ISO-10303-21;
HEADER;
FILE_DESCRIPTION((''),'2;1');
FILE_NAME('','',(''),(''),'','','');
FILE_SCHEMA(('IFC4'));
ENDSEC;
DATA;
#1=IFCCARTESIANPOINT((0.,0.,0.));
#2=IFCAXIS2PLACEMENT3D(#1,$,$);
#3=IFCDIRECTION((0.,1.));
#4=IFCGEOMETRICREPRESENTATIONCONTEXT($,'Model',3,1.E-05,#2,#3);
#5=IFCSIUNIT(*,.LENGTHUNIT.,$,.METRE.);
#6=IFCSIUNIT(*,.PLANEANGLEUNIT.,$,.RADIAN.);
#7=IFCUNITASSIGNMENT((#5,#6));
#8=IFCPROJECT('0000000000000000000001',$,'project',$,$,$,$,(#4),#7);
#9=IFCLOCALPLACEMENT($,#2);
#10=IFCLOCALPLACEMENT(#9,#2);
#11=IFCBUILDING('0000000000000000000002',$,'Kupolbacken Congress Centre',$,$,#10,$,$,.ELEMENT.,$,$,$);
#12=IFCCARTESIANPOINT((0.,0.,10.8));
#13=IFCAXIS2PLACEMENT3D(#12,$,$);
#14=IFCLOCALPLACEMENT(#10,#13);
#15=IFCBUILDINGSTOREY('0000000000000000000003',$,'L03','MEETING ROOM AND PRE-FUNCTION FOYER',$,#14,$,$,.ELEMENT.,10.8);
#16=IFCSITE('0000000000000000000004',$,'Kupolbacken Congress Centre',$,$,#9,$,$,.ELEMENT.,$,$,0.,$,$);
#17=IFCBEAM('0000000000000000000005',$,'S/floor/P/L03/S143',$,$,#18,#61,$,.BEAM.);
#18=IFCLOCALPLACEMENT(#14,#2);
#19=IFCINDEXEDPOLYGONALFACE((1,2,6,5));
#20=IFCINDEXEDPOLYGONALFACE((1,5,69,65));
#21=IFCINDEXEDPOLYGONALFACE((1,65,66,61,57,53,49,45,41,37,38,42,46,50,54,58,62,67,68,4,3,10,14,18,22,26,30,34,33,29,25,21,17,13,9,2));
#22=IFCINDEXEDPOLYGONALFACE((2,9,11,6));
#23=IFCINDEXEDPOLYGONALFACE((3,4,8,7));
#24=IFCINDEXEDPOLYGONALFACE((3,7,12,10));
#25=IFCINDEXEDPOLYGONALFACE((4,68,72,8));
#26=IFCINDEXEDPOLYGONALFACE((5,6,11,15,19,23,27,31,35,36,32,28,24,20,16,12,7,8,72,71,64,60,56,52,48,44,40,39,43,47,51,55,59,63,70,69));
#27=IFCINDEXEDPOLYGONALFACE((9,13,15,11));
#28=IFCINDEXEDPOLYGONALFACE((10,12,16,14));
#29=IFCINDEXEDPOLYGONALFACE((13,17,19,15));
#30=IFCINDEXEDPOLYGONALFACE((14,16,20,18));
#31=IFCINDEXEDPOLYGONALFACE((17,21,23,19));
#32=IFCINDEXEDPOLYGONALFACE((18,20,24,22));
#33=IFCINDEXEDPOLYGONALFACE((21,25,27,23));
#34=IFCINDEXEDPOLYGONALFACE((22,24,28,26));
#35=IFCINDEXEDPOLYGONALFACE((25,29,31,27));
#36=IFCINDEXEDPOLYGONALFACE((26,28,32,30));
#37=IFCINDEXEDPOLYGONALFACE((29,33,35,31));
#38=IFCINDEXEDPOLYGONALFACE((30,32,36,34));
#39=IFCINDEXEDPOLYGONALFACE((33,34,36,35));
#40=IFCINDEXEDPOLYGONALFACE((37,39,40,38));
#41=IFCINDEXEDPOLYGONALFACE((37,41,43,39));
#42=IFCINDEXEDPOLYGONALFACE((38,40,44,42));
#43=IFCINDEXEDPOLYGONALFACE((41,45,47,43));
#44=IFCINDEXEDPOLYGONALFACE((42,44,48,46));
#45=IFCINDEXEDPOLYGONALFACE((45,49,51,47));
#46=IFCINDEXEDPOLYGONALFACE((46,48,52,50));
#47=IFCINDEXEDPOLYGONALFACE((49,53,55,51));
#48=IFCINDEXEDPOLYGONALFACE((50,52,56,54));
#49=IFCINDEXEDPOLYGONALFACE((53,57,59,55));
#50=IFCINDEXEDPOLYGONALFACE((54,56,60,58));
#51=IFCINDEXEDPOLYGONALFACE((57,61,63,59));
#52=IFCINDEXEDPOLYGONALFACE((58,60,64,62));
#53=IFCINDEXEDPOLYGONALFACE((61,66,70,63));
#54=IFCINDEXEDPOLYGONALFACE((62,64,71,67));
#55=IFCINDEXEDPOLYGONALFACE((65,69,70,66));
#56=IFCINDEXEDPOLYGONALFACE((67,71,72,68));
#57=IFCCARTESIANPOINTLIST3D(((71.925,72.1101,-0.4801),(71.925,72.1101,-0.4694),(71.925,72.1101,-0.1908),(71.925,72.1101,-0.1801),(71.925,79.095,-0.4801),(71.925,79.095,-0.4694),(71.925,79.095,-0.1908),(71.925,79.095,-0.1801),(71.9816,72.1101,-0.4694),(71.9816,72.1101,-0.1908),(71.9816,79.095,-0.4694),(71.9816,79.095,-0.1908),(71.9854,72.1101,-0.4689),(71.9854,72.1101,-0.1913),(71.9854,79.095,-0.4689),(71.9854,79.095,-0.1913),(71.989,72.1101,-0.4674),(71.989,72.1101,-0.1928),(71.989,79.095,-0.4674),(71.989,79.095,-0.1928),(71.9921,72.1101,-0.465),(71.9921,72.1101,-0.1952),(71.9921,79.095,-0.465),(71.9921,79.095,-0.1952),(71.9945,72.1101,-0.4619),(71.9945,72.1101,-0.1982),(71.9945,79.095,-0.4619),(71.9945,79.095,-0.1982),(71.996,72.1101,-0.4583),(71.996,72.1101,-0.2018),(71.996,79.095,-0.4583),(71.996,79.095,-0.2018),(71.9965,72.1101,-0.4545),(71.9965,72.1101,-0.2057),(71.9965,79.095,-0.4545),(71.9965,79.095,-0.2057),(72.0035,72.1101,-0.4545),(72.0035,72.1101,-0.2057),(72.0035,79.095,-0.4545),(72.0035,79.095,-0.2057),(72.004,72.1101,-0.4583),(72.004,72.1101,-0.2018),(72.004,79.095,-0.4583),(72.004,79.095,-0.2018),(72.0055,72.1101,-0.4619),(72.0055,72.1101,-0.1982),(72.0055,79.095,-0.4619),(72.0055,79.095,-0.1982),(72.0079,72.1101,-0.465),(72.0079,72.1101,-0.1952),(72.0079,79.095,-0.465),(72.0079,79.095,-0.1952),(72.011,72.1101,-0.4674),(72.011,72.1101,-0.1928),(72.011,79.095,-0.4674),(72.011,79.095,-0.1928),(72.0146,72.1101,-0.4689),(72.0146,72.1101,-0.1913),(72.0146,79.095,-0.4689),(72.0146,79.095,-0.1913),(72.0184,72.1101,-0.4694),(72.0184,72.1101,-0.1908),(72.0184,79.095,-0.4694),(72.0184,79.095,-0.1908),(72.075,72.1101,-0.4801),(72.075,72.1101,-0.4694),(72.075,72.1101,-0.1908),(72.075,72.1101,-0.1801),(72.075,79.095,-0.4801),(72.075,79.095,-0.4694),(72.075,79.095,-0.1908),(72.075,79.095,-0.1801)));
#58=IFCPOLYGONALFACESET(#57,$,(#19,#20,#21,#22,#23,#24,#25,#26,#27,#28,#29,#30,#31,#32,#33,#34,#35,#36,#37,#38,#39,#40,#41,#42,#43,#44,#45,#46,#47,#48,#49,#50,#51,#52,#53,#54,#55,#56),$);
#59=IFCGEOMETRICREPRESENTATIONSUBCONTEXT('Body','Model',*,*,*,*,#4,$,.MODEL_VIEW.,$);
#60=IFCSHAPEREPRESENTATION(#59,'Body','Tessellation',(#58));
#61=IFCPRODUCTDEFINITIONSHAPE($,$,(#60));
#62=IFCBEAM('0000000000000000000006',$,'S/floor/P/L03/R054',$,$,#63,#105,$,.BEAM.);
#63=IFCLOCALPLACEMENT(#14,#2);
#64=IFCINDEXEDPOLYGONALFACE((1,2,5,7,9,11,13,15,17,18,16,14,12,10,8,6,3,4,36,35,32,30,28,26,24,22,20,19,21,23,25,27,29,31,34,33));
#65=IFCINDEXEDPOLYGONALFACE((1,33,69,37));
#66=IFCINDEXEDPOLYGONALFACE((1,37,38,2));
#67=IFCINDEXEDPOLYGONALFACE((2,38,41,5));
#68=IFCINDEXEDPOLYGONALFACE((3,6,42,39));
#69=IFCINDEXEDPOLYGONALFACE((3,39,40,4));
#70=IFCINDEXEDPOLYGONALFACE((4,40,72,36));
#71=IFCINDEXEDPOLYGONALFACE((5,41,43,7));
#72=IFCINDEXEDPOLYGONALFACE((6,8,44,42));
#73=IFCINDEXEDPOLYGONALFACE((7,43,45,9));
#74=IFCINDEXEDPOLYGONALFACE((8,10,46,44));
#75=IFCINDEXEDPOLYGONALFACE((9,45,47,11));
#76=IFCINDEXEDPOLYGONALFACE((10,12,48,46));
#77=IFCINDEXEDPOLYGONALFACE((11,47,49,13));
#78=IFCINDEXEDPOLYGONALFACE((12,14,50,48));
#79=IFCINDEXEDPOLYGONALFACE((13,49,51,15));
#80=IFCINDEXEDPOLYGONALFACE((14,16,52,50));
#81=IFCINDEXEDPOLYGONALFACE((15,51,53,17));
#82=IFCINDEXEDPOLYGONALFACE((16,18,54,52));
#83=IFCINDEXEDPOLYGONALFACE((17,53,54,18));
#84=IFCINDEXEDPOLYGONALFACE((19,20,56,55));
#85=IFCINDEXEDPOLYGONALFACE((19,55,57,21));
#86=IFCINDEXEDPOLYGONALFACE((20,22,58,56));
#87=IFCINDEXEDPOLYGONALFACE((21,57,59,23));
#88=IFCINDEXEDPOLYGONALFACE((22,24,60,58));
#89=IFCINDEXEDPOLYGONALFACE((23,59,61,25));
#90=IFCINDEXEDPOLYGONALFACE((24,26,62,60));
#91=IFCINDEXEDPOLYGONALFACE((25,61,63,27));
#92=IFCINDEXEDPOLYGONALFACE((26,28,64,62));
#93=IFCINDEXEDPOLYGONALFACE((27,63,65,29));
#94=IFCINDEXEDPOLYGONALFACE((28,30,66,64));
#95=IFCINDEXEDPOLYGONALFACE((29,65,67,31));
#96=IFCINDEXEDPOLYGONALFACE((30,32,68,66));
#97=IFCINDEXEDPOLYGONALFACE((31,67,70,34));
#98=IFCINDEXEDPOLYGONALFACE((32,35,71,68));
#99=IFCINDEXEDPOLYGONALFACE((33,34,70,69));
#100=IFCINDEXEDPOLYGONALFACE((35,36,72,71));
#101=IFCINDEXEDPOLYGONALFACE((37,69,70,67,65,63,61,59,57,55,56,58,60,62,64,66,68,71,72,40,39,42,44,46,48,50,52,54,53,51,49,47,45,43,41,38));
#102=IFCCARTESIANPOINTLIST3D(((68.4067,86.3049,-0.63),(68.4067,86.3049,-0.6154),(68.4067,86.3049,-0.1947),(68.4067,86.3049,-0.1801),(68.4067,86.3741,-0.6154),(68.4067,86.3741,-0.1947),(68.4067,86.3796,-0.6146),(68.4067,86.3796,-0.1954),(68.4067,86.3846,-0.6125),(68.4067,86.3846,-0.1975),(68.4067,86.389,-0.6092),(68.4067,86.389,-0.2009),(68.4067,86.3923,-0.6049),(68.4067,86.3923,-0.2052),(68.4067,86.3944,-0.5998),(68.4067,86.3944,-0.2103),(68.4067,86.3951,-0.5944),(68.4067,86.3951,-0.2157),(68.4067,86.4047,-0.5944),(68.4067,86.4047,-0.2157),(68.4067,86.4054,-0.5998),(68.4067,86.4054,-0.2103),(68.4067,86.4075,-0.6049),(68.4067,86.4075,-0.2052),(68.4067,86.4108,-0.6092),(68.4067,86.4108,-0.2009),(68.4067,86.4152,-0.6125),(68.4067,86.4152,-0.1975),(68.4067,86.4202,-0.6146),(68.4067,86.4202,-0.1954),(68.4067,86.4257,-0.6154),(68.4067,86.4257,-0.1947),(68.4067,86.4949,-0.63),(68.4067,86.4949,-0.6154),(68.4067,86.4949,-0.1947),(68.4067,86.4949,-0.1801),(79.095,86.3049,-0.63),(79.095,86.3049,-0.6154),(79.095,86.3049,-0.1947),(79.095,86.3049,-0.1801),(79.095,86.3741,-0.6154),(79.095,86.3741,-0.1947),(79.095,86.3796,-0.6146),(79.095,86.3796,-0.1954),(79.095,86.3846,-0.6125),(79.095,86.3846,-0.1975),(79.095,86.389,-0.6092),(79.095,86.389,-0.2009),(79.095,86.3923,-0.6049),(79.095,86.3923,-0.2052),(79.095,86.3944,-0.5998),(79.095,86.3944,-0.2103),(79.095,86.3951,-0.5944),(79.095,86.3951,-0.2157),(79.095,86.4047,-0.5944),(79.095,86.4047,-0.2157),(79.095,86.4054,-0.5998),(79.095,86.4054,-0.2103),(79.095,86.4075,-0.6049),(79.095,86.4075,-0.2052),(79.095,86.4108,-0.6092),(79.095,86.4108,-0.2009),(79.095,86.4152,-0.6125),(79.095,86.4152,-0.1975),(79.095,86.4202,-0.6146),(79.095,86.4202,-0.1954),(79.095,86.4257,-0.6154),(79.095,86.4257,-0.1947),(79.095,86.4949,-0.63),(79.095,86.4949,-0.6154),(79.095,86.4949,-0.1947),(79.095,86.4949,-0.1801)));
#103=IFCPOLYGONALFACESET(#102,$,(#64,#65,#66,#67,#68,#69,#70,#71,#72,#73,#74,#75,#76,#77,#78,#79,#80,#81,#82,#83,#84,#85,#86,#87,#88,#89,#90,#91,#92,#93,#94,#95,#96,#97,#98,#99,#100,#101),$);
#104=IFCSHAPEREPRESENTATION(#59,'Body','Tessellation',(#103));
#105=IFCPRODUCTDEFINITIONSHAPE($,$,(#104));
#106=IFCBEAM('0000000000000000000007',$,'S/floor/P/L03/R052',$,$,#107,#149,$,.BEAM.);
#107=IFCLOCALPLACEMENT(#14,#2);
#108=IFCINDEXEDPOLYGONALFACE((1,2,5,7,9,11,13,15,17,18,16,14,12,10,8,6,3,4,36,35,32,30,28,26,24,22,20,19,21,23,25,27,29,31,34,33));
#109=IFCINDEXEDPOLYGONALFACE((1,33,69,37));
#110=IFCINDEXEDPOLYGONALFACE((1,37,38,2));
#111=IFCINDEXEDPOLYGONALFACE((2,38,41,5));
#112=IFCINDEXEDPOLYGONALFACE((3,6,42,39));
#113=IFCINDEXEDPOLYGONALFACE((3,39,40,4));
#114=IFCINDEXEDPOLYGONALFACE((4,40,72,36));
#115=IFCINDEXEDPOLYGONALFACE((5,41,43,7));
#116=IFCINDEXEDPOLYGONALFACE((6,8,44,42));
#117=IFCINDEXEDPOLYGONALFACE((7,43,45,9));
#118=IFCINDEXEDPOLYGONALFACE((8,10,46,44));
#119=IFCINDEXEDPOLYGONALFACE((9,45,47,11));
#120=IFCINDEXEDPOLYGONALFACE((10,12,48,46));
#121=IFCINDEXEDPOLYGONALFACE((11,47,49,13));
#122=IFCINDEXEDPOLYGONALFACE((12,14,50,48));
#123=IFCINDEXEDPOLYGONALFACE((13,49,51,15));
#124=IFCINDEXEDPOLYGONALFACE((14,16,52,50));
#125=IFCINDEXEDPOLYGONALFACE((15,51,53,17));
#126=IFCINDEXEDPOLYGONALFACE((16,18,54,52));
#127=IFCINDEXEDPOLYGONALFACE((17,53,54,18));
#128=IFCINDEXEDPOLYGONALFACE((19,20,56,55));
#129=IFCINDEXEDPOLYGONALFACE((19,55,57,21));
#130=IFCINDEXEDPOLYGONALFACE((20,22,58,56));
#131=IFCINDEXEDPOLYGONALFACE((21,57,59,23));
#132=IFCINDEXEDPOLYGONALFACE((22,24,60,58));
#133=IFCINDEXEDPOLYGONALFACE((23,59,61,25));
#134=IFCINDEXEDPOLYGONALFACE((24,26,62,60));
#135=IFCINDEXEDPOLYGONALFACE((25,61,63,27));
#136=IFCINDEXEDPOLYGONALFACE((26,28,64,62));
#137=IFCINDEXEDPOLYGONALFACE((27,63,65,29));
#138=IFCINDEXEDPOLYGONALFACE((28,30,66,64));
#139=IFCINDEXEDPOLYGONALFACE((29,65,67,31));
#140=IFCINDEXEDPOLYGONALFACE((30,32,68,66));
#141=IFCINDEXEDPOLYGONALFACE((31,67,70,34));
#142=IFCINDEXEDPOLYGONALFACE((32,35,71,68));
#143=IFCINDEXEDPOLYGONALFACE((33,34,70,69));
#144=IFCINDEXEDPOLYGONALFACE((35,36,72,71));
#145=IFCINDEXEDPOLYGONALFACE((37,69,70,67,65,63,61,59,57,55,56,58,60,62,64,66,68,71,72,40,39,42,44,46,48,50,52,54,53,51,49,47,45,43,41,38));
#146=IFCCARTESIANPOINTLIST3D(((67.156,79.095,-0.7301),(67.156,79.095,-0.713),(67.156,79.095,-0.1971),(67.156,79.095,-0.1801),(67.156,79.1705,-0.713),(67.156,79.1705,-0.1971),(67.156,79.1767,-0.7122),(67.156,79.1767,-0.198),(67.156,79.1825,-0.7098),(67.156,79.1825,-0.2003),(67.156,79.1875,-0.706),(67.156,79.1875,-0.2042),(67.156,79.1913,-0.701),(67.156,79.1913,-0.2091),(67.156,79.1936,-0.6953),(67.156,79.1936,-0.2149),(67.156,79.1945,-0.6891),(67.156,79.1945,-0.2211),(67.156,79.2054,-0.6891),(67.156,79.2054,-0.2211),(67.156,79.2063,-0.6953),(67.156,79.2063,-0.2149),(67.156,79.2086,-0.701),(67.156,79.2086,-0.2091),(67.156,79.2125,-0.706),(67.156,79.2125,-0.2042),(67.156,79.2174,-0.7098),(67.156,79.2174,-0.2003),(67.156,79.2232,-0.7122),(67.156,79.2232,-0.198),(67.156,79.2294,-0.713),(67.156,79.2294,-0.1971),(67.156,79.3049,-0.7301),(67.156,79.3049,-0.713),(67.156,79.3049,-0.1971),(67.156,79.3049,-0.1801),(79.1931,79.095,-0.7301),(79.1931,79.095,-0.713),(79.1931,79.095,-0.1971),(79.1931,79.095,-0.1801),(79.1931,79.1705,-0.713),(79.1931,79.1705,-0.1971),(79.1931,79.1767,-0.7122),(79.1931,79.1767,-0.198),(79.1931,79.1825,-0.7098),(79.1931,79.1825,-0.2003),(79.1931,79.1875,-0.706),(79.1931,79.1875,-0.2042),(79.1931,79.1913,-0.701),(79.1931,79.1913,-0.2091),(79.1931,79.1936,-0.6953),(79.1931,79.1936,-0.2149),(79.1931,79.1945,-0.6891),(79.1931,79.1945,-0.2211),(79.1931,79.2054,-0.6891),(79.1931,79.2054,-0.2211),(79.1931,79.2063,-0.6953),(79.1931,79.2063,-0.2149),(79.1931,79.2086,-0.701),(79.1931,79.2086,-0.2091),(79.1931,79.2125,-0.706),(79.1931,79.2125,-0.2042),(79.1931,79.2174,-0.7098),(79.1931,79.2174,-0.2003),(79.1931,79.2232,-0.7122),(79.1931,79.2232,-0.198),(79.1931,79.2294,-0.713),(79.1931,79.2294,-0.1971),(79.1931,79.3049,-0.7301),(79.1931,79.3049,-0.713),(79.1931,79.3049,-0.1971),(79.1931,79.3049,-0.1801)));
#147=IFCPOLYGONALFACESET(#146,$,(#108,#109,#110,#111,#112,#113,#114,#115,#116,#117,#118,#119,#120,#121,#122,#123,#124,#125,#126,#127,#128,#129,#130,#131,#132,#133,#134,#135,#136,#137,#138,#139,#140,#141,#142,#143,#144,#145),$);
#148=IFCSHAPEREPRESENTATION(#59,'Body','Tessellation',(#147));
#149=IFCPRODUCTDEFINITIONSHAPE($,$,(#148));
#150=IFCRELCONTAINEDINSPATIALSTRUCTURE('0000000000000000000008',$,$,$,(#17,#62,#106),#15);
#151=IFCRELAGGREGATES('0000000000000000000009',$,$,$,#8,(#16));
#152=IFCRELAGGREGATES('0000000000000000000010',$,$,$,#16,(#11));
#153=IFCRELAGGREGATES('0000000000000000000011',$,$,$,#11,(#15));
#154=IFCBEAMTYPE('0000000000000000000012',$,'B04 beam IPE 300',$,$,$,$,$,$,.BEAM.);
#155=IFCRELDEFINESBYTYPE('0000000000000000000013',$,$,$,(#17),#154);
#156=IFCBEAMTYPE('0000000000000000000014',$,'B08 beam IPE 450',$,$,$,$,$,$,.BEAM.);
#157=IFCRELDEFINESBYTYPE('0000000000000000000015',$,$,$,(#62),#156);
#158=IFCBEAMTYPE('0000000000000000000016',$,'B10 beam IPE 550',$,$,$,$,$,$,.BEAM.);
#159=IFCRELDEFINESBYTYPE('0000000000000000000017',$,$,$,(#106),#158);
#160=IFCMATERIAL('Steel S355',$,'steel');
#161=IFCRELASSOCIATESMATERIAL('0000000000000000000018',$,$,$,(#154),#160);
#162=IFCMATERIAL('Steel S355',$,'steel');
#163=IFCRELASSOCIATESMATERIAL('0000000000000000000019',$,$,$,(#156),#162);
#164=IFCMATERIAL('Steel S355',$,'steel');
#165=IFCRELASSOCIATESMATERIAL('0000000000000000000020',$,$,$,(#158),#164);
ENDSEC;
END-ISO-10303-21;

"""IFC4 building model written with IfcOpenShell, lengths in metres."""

from ifc_helpers import new_model, si_unit, direction, frame, origin, origin_2d, place, context, subcontext, project, spatial, i_section, extrude, material, material_profile, profile_set, type_object, element, save


model = new_model("IFC4")

# Units and contexts
model_context = context("Model", 3, precision=1e-05, world=origin(), true_north=direction((0.0, 1.0)))
body_context = subcontext(model_context, "Body", "Model", "MODEL_VIEW")
ifc_project = project(units=[si_unit("LENGTHUNIT", "METRE"), si_unit("PLANEANGLEUNIT", "RADIAN")], contexts=[model_context])

# Site, building, storey
site_placement = place(None, origin())
site = spatial("IfcSite", under=ifc_project, at=site_placement, Name="Kupolbacken Congress Centre", CompositionType="ELEMENT", RefElevation=0.0)
building_placement = place(site_placement, origin())
building = spatial("IfcBuilding", under=site, at=building_placement, Name="Kupolbacken Congress Centre", CompositionType="ELEMENT")
storey_placement = place(building_placement, frame((0.0, 0.0, 10.8)))
storey = spatial("IfcBuildingStorey", under=building, at=storey_placement, Name="L03", Description="MEETING ROOM AND PRE-FUNCTION FOYER", CompositionType="ELEMENT", Elevation=10.8)

# Beams
ifc_material_1 = material(Name="Steel S355", Category="steel")
ifc_material_profile_1 = material_profile(ifc_material_1, i_section(OverallWidth=0.1499, OverallDepth=0.3, WebThickness=0.0071, FlangeThickness=0.0107, FilletRadius=0.0149, at=origin_2d()), Name="IPE 300")
ifc_profile_set_1 = profile_set([ifc_material_profile_1], Name="Steel S355")
beam_type_1 = type_object("IfcBeamType", Name="B04 beam IPE 300", PredefinedType="BEAM", material=ifc_profile_set_1)
beam_1_placement = place(storey_placement, frame((72.0, 72.1101, -0.3301), z_axis=(0.0, 1.0, 0.0), x_axis=(-1.0, 0.0, 0.0)))
element("IfcBeam", 1, at=beam_1_placement, inside=storey, type_object=beam_type_1, Name="S/floor/P/L03/S143", PredefinedType="BEAM", context=body_context, shape_type="SweptSolid", body=[
    extrude(i_section(OverallWidth=0.1499, OverallDepth=0.3, WebThickness=0.0071, FlangeThickness=0.0107, FilletRadius=0.0149, at=origin_2d()), origin(), (0.0, 0.0, 1.0), 6.9849),
])
ifc_material_2 = material(Name="Steel S355", Category="steel")
ifc_material_profile_2 = material_profile(ifc_material_2, i_section(OverallWidth=0.1899, OverallDepth=0.45, WebThickness=0.0095, FlangeThickness=0.0146, FilletRadius=0.021, at=origin_2d()), Name="IPE 450")
ifc_profile_set_2 = profile_set([ifc_material_profile_2], Name="Steel S355")
beam_type_2 = type_object("IfcBeamType", Name="B08 beam IPE 450", PredefinedType="BEAM", material=ifc_profile_set_2)
beam_2_placement = place(storey_placement, frame((68.4067, 86.3999, -0.405), z_axis=(1.0, 0.0, 0.0), x_axis=(0.0, 1.0, 0.0)))
element("IfcBeam", 2, at=beam_2_placement, inside=storey, type_object=beam_type_2, Name="S/floor/P/L03/R054", PredefinedType="BEAM", context=body_context, shape_type="SweptSolid", body=[
    extrude(i_section(OverallWidth=0.1899, OverallDepth=0.45, WebThickness=0.0095, FlangeThickness=0.0146, FilletRadius=0.021, at=origin_2d()), origin(), (0.0, 0.0, 1.0), 10.6882),
])
ifc_material_3 = material(Name="Steel S355", Category="steel")
ifc_material_profile_3 = material_profile(ifc_material_3, i_section(OverallWidth=0.21, OverallDepth=0.55, WebThickness=0.011, FlangeThickness=0.0171, FilletRadius=0.0239, at=origin_2d()), Name="IPE 550")
ifc_profile_set_3 = profile_set([ifc_material_profile_3], Name="Steel S355")
beam_type_3 = type_object("IfcBeamType", Name="B10 beam IPE 550", PredefinedType="BEAM", material=ifc_profile_set_3)
beam_3_placement = place(storey_placement, frame((67.156, 79.2, -0.4551), z_axis=(1.0, 0.0, 0.0), x_axis=(0.0, 1.0, 0.0)))
element("IfcBeam", 3, at=beam_3_placement, inside=storey, type_object=beam_type_3, Name="S/floor/P/L03/R052", PredefinedType="BEAM", context=body_context, shape_type="SweptSolid", body=[
    extrude(i_section(OverallWidth=0.21, OverallDepth=0.55, WebThickness=0.011, FlangeThickness=0.0171, FilletRadius=0.0239, at=origin_2d()), origin(), (0.0, 0.0, 1.0), 12.0371),
])

save(model, "model.ifc")
